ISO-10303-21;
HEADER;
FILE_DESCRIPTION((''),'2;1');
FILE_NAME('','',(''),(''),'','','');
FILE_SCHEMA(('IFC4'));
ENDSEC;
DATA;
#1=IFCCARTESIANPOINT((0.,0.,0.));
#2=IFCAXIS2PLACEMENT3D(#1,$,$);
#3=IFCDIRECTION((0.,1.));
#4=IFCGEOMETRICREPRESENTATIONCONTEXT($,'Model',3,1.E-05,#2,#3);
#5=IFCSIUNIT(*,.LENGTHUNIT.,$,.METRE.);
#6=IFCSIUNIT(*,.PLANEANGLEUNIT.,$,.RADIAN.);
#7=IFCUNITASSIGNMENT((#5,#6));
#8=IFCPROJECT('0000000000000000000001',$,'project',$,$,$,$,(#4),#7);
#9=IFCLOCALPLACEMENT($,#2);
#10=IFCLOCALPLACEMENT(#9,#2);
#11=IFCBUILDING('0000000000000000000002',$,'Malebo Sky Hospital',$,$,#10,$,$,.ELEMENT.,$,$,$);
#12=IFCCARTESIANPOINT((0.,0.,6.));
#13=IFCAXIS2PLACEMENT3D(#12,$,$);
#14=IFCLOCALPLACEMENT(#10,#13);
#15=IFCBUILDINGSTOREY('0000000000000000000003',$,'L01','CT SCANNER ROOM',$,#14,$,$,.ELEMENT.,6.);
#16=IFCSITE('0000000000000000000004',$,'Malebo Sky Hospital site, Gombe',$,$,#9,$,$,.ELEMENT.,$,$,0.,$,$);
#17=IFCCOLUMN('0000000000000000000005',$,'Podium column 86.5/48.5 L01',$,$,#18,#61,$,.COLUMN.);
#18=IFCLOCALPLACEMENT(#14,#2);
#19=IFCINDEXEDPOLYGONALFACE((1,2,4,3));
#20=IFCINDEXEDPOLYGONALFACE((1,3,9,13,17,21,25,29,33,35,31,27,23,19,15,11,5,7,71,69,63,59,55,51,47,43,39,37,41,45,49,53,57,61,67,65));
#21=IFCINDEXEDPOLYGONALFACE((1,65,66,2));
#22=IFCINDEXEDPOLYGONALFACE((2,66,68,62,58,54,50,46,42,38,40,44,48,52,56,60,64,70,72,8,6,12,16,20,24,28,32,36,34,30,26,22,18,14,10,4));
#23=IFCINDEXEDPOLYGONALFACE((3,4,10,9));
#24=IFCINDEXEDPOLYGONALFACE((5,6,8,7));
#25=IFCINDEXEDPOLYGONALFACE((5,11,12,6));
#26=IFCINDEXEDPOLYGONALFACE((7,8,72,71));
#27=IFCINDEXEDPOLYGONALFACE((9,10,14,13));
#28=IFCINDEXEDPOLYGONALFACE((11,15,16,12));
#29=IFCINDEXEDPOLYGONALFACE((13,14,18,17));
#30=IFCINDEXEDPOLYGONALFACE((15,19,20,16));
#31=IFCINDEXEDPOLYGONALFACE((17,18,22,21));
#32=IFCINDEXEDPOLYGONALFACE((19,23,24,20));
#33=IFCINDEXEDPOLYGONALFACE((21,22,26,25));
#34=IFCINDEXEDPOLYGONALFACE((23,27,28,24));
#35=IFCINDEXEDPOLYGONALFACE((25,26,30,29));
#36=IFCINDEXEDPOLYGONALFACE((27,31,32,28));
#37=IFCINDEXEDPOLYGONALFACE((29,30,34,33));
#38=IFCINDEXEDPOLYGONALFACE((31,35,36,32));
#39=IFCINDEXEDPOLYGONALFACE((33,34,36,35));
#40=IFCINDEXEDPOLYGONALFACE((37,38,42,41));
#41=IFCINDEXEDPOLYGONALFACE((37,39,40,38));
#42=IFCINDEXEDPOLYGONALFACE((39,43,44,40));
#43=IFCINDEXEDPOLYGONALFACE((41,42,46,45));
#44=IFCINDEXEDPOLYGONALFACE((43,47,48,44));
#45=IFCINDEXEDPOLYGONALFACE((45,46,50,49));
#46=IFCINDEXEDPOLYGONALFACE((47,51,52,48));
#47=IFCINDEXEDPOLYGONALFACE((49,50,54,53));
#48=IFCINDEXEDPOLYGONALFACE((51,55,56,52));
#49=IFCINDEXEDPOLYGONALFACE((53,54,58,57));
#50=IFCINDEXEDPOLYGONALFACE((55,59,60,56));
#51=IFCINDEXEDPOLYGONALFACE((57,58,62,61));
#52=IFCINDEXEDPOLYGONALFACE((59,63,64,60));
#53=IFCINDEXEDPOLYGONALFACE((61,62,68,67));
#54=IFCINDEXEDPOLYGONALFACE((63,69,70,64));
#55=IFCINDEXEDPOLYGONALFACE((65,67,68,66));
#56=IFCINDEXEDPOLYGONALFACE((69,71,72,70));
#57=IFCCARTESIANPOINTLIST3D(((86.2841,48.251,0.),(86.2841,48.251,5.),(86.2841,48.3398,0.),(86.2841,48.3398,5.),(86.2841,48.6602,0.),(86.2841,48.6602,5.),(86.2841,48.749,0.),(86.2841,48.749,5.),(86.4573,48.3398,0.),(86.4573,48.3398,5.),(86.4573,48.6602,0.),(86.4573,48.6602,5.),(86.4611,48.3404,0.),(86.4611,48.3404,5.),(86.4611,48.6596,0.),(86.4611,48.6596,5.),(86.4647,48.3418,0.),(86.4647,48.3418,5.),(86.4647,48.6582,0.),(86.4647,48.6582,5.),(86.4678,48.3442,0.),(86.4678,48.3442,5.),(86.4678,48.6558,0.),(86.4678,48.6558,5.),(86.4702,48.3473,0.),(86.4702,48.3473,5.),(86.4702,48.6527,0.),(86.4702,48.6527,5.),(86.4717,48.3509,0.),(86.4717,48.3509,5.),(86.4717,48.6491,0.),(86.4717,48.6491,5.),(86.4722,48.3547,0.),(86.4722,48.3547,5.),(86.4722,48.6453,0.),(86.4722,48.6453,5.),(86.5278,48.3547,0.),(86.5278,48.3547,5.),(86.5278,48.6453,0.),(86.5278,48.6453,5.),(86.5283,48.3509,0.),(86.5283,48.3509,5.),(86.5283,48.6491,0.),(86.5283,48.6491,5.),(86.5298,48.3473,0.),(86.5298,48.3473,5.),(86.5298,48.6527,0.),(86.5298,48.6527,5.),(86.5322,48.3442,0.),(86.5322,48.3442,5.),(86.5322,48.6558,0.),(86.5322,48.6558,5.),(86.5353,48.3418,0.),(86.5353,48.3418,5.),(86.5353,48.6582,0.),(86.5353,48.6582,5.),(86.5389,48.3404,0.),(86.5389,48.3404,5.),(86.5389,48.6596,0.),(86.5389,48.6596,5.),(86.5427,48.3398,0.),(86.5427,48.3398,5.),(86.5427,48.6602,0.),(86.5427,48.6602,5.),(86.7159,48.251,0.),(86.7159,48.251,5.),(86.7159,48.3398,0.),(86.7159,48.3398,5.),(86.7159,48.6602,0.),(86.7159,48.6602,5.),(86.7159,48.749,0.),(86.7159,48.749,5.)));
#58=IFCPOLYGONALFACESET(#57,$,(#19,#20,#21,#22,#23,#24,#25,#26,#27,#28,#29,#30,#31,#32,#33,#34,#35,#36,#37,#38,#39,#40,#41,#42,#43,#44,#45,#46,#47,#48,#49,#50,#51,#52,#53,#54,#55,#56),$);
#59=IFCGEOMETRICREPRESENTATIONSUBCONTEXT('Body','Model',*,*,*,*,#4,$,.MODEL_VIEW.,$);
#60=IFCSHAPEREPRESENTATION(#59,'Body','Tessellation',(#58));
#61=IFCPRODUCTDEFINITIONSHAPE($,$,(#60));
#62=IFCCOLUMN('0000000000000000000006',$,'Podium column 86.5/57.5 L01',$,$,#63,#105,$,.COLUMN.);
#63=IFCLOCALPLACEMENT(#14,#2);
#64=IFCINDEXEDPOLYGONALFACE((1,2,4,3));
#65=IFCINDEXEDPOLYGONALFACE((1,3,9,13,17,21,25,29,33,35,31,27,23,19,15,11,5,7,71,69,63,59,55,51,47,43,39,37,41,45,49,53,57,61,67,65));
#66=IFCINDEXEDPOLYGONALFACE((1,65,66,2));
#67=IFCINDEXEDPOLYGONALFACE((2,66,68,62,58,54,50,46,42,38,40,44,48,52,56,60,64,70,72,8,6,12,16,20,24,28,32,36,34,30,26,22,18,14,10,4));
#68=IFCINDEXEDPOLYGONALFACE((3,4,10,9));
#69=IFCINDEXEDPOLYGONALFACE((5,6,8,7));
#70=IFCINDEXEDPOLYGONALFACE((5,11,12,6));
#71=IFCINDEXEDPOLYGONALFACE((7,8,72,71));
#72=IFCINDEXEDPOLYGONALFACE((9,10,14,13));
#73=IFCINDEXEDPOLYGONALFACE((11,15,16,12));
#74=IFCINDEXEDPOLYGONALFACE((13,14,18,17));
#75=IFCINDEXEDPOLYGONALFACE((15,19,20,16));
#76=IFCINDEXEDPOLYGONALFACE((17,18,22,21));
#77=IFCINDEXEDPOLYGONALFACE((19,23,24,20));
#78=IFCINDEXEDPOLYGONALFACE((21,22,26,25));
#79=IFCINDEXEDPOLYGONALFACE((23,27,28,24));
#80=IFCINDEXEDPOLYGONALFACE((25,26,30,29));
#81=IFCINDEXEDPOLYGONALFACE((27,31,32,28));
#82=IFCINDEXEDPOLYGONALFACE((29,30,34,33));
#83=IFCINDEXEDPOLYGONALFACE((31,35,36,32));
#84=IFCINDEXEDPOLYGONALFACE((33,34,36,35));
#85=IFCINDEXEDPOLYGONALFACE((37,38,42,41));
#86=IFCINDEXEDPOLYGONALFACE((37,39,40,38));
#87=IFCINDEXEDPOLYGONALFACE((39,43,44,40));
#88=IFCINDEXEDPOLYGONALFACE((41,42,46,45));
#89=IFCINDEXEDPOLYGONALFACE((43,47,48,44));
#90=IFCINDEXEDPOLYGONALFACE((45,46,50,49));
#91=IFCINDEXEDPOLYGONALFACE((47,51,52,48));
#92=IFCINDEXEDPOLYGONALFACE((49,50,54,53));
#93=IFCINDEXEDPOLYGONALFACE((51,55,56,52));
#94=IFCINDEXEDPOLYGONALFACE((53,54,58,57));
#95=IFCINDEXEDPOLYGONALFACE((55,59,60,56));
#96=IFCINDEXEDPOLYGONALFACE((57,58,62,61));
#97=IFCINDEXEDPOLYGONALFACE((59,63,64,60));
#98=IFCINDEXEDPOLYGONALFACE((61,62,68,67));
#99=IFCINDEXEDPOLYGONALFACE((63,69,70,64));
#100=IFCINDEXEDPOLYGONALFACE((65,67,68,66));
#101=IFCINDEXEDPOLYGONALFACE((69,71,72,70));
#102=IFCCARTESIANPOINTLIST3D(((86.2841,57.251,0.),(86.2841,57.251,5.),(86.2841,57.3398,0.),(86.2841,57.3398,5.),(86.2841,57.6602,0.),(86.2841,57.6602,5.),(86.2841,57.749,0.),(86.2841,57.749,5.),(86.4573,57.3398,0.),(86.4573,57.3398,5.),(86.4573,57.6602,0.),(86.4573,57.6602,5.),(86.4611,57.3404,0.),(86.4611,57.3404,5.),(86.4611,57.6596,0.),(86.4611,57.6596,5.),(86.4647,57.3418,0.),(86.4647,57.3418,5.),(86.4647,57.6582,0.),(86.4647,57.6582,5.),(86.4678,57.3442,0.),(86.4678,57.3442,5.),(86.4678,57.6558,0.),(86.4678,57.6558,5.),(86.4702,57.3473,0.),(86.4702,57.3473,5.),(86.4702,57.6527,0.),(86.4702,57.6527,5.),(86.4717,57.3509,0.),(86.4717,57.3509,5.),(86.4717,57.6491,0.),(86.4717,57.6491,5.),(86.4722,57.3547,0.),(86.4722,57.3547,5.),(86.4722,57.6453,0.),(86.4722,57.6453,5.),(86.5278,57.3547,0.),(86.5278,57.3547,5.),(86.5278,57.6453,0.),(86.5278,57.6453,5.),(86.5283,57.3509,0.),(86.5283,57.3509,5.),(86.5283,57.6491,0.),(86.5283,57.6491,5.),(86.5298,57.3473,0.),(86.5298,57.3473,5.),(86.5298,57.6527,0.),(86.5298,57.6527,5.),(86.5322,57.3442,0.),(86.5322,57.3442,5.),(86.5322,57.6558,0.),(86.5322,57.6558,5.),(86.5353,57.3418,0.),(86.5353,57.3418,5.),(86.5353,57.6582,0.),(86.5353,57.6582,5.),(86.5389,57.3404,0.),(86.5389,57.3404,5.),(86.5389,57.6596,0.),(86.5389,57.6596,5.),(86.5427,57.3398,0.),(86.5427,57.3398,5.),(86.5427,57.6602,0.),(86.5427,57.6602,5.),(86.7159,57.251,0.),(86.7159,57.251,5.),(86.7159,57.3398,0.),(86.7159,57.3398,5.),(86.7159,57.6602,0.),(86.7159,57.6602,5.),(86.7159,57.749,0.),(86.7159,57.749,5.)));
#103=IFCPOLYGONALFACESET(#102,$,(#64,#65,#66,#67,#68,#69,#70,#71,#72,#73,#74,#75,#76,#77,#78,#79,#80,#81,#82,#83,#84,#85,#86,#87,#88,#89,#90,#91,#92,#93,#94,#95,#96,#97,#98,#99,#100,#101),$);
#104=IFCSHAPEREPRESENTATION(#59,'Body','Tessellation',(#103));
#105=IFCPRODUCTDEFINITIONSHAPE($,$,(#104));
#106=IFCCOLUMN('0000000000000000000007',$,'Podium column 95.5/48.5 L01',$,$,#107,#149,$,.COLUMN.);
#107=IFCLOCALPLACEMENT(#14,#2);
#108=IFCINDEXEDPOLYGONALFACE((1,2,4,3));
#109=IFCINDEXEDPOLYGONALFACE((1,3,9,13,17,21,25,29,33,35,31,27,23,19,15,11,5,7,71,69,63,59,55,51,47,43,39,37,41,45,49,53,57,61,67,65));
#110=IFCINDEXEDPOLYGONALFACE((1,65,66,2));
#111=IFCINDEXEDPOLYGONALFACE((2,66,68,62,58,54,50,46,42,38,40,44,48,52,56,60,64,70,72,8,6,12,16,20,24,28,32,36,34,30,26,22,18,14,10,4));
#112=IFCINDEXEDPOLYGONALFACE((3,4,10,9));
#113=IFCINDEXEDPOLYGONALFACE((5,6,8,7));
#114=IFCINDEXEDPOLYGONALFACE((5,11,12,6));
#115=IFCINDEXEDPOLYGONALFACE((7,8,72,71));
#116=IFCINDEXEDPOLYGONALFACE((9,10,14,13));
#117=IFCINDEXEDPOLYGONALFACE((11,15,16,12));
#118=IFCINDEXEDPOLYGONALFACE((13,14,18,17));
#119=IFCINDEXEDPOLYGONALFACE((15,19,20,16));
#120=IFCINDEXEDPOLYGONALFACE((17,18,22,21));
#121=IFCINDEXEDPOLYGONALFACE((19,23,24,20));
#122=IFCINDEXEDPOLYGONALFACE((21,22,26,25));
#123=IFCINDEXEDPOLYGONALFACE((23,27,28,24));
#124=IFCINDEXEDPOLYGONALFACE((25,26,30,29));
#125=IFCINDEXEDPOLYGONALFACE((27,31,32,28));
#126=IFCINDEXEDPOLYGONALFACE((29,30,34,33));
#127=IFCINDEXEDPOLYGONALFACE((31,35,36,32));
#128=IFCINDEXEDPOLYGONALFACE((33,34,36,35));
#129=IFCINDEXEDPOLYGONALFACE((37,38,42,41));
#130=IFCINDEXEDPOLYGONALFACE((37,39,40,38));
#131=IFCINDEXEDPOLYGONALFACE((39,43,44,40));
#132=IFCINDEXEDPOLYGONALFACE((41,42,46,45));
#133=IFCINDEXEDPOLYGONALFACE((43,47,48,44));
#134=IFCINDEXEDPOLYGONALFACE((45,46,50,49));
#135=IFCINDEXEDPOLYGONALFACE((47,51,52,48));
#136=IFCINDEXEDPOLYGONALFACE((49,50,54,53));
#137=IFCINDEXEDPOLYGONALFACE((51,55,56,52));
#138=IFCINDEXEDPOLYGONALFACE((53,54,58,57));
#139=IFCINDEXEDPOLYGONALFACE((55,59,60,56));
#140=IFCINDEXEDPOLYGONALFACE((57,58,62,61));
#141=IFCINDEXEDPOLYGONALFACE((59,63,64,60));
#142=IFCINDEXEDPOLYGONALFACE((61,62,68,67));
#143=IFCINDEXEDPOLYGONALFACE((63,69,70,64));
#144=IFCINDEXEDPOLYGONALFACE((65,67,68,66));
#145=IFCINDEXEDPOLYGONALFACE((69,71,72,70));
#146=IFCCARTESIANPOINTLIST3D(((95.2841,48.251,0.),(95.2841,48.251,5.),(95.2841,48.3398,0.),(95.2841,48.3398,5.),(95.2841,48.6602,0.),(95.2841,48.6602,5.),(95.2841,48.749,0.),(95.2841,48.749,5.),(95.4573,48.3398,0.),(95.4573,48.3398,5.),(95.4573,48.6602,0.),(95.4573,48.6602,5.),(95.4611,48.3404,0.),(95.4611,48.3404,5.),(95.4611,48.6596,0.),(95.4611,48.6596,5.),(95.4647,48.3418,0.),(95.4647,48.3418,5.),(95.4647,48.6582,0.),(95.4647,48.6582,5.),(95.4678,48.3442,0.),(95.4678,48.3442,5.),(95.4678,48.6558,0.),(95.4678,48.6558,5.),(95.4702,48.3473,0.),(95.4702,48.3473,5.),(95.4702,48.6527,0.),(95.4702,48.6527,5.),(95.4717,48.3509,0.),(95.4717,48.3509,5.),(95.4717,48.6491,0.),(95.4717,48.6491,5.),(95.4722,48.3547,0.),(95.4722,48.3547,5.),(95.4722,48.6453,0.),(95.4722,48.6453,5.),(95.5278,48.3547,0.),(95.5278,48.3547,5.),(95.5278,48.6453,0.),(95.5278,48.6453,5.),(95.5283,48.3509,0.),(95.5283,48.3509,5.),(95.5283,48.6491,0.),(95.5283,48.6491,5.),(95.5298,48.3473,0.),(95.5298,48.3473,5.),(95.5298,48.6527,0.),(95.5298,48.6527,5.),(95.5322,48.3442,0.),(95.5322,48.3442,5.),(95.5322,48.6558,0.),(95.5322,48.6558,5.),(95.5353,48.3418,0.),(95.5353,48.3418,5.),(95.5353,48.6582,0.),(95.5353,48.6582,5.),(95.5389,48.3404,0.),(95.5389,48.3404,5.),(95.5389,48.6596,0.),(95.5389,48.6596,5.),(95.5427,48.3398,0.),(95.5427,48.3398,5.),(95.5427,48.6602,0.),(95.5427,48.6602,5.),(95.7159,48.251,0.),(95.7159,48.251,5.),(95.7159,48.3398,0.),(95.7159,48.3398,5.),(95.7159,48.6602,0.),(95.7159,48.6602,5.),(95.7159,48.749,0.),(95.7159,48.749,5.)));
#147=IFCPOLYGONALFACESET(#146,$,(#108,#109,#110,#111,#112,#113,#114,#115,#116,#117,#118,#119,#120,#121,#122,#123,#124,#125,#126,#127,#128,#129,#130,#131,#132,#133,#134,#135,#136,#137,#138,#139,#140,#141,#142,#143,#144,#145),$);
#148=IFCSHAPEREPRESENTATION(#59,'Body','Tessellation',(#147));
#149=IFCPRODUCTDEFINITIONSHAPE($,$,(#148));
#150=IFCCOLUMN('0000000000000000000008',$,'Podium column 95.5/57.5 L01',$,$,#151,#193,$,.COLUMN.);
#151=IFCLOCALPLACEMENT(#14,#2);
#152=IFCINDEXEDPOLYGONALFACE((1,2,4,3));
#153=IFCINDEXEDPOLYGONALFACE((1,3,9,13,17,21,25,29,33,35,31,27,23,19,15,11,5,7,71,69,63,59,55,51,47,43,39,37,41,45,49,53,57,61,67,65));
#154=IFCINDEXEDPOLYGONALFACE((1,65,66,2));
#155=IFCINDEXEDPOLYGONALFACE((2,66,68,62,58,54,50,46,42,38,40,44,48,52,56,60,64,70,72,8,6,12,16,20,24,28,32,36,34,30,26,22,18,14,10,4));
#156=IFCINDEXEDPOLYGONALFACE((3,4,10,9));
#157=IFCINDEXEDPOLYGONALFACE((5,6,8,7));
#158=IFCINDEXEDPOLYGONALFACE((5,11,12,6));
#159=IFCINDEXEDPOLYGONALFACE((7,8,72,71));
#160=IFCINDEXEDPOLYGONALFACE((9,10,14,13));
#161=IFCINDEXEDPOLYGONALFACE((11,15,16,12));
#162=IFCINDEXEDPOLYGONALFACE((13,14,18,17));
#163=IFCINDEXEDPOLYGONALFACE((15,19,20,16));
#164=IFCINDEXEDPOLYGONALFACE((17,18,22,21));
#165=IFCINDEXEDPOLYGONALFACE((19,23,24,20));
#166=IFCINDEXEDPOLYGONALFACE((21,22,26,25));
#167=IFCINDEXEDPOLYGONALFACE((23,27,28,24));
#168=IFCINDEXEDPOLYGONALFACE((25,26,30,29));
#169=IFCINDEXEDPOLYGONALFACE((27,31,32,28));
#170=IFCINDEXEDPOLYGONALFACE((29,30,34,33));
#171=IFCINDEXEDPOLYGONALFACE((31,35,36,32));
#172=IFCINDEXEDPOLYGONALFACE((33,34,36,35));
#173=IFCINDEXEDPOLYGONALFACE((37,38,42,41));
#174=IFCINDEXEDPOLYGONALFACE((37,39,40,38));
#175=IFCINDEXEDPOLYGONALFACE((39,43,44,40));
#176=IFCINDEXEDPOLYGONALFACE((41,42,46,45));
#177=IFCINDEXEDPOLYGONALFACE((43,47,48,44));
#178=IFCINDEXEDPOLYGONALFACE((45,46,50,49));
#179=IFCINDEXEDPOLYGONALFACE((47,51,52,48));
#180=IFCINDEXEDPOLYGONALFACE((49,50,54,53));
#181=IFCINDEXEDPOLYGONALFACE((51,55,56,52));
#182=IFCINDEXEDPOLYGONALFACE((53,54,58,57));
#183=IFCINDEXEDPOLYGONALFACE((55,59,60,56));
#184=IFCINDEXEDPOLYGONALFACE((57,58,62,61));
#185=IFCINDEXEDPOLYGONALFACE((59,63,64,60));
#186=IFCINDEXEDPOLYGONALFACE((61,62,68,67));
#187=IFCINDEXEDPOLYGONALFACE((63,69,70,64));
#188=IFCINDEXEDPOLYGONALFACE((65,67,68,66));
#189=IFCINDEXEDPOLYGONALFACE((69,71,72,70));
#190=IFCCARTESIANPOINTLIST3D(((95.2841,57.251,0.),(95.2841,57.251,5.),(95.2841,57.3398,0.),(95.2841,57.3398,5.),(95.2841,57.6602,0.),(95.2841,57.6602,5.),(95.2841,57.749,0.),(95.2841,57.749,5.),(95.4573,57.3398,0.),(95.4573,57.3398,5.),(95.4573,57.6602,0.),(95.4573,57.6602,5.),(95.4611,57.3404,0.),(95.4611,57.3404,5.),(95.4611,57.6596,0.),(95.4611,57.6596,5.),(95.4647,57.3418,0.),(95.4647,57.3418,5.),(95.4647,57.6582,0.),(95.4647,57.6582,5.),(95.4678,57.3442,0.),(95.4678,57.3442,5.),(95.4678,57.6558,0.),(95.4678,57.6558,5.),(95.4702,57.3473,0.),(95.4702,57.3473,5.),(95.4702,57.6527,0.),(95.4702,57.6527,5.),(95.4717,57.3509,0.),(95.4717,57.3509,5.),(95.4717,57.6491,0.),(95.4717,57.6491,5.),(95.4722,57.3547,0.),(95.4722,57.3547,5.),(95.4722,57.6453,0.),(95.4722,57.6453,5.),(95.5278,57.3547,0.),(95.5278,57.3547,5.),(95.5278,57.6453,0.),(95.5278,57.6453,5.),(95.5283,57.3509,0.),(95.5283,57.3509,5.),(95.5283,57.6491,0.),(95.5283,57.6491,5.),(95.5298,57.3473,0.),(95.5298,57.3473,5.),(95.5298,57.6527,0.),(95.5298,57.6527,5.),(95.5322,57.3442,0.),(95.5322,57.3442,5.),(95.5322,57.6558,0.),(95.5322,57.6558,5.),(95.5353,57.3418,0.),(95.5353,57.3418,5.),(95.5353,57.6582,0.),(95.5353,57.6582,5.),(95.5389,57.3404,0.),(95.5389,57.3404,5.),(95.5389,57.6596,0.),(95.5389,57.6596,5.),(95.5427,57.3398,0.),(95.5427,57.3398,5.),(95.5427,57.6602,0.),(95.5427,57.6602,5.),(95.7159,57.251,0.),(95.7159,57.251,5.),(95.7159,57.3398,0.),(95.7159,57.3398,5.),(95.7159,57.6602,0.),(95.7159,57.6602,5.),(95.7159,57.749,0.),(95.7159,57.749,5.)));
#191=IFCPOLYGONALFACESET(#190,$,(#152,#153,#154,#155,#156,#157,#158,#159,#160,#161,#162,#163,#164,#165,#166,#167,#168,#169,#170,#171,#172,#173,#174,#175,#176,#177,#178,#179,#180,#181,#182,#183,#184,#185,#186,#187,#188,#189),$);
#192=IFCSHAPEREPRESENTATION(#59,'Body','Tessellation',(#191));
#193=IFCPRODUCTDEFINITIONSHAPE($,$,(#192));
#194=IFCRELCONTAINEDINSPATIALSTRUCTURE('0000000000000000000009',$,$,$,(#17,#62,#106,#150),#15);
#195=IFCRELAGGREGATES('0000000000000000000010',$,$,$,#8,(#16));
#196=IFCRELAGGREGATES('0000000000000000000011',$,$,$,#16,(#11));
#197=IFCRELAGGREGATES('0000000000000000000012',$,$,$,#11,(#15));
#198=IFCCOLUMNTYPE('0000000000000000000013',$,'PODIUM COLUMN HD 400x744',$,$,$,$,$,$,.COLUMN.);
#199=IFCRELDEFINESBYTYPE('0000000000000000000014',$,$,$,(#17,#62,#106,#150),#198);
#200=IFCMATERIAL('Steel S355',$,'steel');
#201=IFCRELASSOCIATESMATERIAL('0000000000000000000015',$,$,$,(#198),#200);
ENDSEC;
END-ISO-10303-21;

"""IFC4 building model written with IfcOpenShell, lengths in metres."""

from ifc_helpers import new_model, si_unit, direction, frame, origin, origin_2d, place, context, subcontext, project, spatial, i_section, extrude, material, material_profile, profile_set, type_object, element, save


model = new_model("IFC4")

# Units and contexts
model_context = context("Model", 3, precision=1e-05, world=origin(), true_north=direction((0.0, 1.0)))
body_context = subcontext(model_context, "Body", "Model", "MODEL_VIEW")
ifc_project = project(units=[si_unit("LENGTHUNIT", "METRE"), si_unit("PLANEANGLEUNIT", "RADIAN")], contexts=[model_context])

# Site, building, storey
site_placement = place(None, origin())
site = spatial("IfcSite", under=ifc_project, at=site_placement, Name="Malebo Sky Hospital site, Gombe", CompositionType="ELEMENT", RefElevation=0.0)
building_placement = place(site_placement, origin())
building = spatial("IfcBuilding", under=site, at=building_placement, Name="Malebo Sky Hospital", CompositionType="ELEMENT")
storey_placement = place(building_placement, frame((0.0, 0.0, 6.0)))
storey = spatial("IfcBuildingStorey", under=building, at=storey_placement, Name="L01", Description="CT SCANNER ROOM", CompositionType="ELEMENT", Elevation=6.0)

# Columns
ifc_material_1 = material(Name="Steel S355", Category="steel")
ifc_material_profile_1 = material_profile(ifc_material_1, i_section(OverallWidth=0.4319, OverallDepth=0.498, WebThickness=0.0557, FlangeThickness=0.0889, FilletRadius=0.0149, at=origin_2d()), Name="HD 400x744")
ifc_profile_set_1 = profile_set([ifc_material_profile_1], Name="Steel S355")
column_type = type_object("IfcColumnType", Name="PODIUM COLUMN HD 400x744", PredefinedType="COLUMN", material=ifc_profile_set_1)
for number, where, z_axis, x_axis, name in (
    (1, (86.5, 48.5, 0.0), (0.0, 0.0, 1.0), (1.0, 0.0, 0.0), "Podium column 86.5/48.5 L01"),
    (2, (86.5, 57.5, 0.0), (0.0, 0.0, 1.0), (1.0, 0.0, 0.0), "Podium column 86.5/57.5 L01"),
    (3, (95.5, 48.5, 0.0), (0.0, 0.0, 1.0), (1.0, 0.0, 0.0), "Podium column 95.5/48.5 L01"),
    (4, (95.5, 57.5, 0.0), (0.0, 0.0, 1.0), (1.0, 0.0, 0.0), "Podium column 95.5/57.5 L01"),
):
    element("IfcColumn", number, at=place(storey_placement, frame(where, z_axis=z_axis, x_axis=x_axis)), inside=storey, type_object=column_type, Name=name, PredefinedType="COLUMN", context=body_context, shape_type="SweptSolid", body=[
        extrude(i_section(OverallWidth=0.4319, OverallDepth=0.498, WebThickness=0.0557, FlangeThickness=0.0889, FilletRadius=0.0149, at=origin_2d()), origin(), (0.0, 0.0, 1.0), 5.0),
    ])

save(model, "model.ifc")
